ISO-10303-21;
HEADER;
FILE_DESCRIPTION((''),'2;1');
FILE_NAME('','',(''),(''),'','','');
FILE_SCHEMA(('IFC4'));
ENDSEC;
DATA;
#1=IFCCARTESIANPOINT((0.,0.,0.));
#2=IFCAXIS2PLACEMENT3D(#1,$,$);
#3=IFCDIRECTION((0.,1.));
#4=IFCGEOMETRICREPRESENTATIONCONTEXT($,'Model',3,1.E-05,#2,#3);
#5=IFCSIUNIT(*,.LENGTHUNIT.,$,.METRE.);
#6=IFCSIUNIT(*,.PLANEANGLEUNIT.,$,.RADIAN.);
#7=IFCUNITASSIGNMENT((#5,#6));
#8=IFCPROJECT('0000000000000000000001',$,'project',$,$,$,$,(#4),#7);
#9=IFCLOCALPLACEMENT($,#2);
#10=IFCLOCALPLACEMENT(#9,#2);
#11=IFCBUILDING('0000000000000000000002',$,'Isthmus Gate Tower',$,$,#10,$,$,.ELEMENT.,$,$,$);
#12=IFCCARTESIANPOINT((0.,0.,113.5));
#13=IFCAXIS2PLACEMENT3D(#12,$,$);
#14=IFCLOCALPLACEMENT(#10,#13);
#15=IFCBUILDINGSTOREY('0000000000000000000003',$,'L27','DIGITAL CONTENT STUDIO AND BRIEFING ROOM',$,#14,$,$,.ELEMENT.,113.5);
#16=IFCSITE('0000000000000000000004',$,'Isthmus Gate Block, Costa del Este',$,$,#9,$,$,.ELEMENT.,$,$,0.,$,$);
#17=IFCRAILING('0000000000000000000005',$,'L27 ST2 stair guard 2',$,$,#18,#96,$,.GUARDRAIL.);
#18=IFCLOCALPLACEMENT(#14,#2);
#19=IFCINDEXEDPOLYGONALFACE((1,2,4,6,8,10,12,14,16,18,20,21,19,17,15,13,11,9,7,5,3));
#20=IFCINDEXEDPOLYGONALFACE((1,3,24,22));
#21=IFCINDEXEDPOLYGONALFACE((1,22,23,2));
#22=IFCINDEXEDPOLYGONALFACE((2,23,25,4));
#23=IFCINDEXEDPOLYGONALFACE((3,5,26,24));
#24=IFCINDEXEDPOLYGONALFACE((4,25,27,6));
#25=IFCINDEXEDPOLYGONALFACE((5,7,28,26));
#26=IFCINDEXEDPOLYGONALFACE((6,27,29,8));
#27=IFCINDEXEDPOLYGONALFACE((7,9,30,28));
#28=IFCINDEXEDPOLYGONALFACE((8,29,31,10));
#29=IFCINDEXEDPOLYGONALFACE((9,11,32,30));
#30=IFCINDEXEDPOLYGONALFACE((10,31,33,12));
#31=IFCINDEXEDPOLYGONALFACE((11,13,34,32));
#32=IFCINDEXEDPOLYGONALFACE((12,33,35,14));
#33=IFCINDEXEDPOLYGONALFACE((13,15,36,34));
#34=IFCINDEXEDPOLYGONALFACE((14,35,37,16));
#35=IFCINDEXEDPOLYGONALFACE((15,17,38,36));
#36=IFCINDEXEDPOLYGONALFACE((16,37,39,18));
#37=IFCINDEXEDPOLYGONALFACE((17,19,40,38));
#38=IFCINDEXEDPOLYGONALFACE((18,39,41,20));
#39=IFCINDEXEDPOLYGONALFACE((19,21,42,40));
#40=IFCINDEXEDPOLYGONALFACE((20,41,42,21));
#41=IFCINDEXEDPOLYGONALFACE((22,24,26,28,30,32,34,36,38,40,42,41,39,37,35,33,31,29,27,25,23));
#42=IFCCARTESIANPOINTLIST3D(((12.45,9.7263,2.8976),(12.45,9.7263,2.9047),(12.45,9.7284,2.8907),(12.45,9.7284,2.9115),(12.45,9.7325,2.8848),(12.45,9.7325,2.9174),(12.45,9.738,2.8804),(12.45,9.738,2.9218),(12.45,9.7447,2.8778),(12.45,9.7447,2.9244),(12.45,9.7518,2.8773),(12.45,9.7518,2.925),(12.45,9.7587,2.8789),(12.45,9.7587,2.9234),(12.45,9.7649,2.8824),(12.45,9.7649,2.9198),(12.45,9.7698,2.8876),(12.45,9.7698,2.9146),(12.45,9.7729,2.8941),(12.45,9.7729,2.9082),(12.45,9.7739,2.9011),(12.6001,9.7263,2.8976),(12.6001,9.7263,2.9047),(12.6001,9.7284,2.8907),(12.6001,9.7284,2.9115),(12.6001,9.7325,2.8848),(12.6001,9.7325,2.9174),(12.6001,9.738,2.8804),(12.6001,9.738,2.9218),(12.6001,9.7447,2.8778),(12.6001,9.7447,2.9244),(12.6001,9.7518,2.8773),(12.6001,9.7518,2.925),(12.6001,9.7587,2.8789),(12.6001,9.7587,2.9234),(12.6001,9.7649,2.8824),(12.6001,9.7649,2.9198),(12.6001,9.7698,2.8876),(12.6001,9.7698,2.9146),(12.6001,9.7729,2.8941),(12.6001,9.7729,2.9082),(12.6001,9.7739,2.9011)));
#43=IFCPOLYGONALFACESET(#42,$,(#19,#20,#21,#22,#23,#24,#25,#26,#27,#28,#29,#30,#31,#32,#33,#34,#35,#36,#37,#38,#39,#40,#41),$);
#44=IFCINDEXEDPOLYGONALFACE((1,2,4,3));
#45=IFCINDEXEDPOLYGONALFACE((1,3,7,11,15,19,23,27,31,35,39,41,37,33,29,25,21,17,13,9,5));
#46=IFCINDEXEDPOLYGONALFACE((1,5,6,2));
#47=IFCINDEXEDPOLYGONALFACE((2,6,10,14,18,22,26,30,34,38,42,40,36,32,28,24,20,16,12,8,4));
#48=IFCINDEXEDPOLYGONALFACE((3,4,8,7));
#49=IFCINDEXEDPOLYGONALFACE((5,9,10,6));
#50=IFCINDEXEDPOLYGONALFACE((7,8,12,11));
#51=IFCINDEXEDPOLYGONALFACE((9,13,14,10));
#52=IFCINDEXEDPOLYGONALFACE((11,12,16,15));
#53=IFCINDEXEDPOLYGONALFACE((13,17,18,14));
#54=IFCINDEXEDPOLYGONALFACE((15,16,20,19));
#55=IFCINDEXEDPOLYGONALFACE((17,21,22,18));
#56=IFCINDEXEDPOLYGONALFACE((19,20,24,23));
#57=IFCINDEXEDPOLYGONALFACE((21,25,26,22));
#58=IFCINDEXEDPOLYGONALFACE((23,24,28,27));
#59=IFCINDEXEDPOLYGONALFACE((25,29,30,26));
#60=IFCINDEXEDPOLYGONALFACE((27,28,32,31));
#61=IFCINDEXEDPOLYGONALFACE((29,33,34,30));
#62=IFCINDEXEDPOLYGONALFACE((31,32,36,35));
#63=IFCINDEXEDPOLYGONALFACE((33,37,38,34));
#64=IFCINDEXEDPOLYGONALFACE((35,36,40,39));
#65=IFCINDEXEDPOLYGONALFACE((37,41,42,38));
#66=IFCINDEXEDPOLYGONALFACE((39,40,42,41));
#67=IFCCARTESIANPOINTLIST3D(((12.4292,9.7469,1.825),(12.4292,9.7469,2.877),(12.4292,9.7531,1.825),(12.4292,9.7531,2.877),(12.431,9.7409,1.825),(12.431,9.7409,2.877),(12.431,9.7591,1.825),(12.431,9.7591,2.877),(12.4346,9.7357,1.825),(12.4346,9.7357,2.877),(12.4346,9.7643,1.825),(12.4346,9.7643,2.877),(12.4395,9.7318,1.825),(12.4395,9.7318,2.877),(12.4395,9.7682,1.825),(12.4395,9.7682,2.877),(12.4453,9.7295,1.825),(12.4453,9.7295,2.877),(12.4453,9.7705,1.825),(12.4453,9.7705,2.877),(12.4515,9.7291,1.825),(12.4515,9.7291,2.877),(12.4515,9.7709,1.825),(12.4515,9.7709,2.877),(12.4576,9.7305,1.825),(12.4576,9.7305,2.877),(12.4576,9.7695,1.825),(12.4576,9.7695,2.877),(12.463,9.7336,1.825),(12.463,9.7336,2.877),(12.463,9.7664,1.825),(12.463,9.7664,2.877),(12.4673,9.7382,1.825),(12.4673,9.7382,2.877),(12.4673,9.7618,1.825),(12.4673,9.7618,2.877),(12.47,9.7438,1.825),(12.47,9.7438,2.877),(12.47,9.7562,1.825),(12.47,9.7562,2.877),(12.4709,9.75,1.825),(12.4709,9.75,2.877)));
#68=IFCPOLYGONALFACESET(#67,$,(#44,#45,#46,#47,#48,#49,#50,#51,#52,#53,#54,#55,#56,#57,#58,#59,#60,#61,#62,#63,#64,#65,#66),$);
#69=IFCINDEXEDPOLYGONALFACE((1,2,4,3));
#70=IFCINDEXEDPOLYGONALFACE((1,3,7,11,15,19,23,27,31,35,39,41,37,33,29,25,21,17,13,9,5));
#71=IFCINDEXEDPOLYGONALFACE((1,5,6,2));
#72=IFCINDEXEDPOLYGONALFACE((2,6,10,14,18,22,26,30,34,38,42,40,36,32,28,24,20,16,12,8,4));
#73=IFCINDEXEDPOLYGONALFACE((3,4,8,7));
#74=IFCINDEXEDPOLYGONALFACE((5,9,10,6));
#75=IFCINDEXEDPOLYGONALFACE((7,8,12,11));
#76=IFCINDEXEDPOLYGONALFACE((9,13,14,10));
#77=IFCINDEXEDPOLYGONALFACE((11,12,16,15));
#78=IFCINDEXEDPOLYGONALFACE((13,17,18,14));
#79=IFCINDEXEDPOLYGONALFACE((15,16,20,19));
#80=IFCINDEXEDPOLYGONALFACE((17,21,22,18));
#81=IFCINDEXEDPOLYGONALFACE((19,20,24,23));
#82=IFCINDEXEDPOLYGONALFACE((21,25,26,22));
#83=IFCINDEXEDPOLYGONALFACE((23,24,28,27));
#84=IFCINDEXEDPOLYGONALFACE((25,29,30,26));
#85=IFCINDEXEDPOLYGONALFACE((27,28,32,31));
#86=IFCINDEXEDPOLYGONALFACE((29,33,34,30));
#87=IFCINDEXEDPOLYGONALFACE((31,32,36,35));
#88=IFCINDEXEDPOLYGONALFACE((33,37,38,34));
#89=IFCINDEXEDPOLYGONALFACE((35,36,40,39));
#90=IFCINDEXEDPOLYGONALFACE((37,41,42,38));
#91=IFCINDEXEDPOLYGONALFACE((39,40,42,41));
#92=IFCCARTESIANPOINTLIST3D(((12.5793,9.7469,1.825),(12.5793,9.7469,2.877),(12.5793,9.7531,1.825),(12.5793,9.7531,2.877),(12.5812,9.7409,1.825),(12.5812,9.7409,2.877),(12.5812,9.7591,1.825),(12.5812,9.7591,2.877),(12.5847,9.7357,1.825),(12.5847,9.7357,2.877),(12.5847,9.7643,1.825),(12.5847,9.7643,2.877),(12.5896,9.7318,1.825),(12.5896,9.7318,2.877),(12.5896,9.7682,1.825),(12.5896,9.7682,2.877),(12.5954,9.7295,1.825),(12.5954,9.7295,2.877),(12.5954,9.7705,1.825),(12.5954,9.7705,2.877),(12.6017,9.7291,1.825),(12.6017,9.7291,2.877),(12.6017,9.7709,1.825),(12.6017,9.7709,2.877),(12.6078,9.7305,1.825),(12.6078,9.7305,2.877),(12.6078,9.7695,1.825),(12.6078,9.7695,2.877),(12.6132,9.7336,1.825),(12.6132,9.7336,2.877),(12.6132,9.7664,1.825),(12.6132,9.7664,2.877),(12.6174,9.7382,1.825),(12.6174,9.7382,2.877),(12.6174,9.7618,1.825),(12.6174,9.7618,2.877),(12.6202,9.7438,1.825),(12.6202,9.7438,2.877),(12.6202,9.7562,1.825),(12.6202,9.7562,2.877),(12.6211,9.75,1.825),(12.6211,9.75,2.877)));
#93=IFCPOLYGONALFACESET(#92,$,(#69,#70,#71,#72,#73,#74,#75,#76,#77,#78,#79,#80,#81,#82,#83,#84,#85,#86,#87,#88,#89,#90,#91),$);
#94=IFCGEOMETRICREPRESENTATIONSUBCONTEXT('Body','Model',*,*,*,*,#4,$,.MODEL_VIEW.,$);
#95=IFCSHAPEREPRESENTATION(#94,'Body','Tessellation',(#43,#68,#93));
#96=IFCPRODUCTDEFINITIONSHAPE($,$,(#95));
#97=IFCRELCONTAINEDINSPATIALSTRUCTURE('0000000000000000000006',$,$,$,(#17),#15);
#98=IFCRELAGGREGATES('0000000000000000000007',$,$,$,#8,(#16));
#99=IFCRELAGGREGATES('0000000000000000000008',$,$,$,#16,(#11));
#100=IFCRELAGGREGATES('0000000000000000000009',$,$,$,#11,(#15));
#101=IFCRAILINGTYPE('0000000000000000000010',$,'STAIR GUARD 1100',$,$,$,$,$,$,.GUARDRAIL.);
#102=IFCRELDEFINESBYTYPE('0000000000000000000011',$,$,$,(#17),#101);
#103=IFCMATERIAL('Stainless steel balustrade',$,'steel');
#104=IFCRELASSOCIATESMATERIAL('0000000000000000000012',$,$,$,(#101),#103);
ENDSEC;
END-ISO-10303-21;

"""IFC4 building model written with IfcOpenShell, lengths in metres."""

from ifc_helpers import new_model, si_unit, direction, frame, origin, origin_2d, place, context, subcontext, project, spatial, circle, extrude, material, type_object, element, save


model = new_model("IFC4")

# Units and contexts
model_context = context("Model", 3, precision=1e-05, world=origin(), true_north=direction((0.0, 1.0)))
body_context = subcontext(model_context, "Body", "Model", "MODEL_VIEW")
ifc_project = project(units=[si_unit("LENGTHUNIT", "METRE"), si_unit("PLANEANGLEUNIT", "RADIAN")], contexts=[model_context])

# Site, building, storey
site_placement = place(None, origin())
site = spatial("IfcSite", under=ifc_project, at=site_placement, Name="Isthmus Gate Block, Costa del Este", CompositionType="ELEMENT", RefElevation=0.0)
building_placement = place(site_placement, origin())
building = spatial("IfcBuilding", under=site, at=building_placement, Name="Isthmus Gate Tower", CompositionType="ELEMENT")
storey_placement = place(building_placement, frame((0.0, 0.0, 113.5)))
storey = spatial("IfcBuildingStorey", under=building, at=storey_placement, Name="L27", Description="DIGITAL CONTENT STUDIO AND BRIEFING ROOM", CompositionType="ELEMENT", Elevation=113.5)

# Railing
ifc_material_1 = material(Name="Stainless steel balustrade", Category="steel")
railing_type_1 = type_object("IfcRailingType", Name="STAIR GUARD 1100", PredefinedType="GUARDRAIL", material=ifc_material_1)
railing_1_placement = place(storey_placement, frame((12.45, 9.75, 1.825)))
element("IfcRailing", 1, at=railing_1_placement, inside=storey, type_object=railing_type_1, Name="L27 ST2 stair guard 2", PredefinedType="GUARDRAIL", context=body_context, shape_type="SweptSolid", body=[
    extrude(circle(Radius=0.0239, at=origin_2d()), frame((0.0, 0.0, 1.0762), z_axis=(1.0, 0.0, 0.0), x_axis=(0.0, 1.0, 0.0)), (0.0, 0.0, 1.0), 0.1501),
    extrude(circle(Radius=0.021, at=origin_2d()), origin(), (0.0, 0.0, 1.0), 1.052),
    extrude(circle(Radius=0.021, at=origin_2d()), frame((0.1501, 0.0, 0.0)), (0.0, 0.0, 1.0), 1.052),
])

save(model, "model.ifc")
